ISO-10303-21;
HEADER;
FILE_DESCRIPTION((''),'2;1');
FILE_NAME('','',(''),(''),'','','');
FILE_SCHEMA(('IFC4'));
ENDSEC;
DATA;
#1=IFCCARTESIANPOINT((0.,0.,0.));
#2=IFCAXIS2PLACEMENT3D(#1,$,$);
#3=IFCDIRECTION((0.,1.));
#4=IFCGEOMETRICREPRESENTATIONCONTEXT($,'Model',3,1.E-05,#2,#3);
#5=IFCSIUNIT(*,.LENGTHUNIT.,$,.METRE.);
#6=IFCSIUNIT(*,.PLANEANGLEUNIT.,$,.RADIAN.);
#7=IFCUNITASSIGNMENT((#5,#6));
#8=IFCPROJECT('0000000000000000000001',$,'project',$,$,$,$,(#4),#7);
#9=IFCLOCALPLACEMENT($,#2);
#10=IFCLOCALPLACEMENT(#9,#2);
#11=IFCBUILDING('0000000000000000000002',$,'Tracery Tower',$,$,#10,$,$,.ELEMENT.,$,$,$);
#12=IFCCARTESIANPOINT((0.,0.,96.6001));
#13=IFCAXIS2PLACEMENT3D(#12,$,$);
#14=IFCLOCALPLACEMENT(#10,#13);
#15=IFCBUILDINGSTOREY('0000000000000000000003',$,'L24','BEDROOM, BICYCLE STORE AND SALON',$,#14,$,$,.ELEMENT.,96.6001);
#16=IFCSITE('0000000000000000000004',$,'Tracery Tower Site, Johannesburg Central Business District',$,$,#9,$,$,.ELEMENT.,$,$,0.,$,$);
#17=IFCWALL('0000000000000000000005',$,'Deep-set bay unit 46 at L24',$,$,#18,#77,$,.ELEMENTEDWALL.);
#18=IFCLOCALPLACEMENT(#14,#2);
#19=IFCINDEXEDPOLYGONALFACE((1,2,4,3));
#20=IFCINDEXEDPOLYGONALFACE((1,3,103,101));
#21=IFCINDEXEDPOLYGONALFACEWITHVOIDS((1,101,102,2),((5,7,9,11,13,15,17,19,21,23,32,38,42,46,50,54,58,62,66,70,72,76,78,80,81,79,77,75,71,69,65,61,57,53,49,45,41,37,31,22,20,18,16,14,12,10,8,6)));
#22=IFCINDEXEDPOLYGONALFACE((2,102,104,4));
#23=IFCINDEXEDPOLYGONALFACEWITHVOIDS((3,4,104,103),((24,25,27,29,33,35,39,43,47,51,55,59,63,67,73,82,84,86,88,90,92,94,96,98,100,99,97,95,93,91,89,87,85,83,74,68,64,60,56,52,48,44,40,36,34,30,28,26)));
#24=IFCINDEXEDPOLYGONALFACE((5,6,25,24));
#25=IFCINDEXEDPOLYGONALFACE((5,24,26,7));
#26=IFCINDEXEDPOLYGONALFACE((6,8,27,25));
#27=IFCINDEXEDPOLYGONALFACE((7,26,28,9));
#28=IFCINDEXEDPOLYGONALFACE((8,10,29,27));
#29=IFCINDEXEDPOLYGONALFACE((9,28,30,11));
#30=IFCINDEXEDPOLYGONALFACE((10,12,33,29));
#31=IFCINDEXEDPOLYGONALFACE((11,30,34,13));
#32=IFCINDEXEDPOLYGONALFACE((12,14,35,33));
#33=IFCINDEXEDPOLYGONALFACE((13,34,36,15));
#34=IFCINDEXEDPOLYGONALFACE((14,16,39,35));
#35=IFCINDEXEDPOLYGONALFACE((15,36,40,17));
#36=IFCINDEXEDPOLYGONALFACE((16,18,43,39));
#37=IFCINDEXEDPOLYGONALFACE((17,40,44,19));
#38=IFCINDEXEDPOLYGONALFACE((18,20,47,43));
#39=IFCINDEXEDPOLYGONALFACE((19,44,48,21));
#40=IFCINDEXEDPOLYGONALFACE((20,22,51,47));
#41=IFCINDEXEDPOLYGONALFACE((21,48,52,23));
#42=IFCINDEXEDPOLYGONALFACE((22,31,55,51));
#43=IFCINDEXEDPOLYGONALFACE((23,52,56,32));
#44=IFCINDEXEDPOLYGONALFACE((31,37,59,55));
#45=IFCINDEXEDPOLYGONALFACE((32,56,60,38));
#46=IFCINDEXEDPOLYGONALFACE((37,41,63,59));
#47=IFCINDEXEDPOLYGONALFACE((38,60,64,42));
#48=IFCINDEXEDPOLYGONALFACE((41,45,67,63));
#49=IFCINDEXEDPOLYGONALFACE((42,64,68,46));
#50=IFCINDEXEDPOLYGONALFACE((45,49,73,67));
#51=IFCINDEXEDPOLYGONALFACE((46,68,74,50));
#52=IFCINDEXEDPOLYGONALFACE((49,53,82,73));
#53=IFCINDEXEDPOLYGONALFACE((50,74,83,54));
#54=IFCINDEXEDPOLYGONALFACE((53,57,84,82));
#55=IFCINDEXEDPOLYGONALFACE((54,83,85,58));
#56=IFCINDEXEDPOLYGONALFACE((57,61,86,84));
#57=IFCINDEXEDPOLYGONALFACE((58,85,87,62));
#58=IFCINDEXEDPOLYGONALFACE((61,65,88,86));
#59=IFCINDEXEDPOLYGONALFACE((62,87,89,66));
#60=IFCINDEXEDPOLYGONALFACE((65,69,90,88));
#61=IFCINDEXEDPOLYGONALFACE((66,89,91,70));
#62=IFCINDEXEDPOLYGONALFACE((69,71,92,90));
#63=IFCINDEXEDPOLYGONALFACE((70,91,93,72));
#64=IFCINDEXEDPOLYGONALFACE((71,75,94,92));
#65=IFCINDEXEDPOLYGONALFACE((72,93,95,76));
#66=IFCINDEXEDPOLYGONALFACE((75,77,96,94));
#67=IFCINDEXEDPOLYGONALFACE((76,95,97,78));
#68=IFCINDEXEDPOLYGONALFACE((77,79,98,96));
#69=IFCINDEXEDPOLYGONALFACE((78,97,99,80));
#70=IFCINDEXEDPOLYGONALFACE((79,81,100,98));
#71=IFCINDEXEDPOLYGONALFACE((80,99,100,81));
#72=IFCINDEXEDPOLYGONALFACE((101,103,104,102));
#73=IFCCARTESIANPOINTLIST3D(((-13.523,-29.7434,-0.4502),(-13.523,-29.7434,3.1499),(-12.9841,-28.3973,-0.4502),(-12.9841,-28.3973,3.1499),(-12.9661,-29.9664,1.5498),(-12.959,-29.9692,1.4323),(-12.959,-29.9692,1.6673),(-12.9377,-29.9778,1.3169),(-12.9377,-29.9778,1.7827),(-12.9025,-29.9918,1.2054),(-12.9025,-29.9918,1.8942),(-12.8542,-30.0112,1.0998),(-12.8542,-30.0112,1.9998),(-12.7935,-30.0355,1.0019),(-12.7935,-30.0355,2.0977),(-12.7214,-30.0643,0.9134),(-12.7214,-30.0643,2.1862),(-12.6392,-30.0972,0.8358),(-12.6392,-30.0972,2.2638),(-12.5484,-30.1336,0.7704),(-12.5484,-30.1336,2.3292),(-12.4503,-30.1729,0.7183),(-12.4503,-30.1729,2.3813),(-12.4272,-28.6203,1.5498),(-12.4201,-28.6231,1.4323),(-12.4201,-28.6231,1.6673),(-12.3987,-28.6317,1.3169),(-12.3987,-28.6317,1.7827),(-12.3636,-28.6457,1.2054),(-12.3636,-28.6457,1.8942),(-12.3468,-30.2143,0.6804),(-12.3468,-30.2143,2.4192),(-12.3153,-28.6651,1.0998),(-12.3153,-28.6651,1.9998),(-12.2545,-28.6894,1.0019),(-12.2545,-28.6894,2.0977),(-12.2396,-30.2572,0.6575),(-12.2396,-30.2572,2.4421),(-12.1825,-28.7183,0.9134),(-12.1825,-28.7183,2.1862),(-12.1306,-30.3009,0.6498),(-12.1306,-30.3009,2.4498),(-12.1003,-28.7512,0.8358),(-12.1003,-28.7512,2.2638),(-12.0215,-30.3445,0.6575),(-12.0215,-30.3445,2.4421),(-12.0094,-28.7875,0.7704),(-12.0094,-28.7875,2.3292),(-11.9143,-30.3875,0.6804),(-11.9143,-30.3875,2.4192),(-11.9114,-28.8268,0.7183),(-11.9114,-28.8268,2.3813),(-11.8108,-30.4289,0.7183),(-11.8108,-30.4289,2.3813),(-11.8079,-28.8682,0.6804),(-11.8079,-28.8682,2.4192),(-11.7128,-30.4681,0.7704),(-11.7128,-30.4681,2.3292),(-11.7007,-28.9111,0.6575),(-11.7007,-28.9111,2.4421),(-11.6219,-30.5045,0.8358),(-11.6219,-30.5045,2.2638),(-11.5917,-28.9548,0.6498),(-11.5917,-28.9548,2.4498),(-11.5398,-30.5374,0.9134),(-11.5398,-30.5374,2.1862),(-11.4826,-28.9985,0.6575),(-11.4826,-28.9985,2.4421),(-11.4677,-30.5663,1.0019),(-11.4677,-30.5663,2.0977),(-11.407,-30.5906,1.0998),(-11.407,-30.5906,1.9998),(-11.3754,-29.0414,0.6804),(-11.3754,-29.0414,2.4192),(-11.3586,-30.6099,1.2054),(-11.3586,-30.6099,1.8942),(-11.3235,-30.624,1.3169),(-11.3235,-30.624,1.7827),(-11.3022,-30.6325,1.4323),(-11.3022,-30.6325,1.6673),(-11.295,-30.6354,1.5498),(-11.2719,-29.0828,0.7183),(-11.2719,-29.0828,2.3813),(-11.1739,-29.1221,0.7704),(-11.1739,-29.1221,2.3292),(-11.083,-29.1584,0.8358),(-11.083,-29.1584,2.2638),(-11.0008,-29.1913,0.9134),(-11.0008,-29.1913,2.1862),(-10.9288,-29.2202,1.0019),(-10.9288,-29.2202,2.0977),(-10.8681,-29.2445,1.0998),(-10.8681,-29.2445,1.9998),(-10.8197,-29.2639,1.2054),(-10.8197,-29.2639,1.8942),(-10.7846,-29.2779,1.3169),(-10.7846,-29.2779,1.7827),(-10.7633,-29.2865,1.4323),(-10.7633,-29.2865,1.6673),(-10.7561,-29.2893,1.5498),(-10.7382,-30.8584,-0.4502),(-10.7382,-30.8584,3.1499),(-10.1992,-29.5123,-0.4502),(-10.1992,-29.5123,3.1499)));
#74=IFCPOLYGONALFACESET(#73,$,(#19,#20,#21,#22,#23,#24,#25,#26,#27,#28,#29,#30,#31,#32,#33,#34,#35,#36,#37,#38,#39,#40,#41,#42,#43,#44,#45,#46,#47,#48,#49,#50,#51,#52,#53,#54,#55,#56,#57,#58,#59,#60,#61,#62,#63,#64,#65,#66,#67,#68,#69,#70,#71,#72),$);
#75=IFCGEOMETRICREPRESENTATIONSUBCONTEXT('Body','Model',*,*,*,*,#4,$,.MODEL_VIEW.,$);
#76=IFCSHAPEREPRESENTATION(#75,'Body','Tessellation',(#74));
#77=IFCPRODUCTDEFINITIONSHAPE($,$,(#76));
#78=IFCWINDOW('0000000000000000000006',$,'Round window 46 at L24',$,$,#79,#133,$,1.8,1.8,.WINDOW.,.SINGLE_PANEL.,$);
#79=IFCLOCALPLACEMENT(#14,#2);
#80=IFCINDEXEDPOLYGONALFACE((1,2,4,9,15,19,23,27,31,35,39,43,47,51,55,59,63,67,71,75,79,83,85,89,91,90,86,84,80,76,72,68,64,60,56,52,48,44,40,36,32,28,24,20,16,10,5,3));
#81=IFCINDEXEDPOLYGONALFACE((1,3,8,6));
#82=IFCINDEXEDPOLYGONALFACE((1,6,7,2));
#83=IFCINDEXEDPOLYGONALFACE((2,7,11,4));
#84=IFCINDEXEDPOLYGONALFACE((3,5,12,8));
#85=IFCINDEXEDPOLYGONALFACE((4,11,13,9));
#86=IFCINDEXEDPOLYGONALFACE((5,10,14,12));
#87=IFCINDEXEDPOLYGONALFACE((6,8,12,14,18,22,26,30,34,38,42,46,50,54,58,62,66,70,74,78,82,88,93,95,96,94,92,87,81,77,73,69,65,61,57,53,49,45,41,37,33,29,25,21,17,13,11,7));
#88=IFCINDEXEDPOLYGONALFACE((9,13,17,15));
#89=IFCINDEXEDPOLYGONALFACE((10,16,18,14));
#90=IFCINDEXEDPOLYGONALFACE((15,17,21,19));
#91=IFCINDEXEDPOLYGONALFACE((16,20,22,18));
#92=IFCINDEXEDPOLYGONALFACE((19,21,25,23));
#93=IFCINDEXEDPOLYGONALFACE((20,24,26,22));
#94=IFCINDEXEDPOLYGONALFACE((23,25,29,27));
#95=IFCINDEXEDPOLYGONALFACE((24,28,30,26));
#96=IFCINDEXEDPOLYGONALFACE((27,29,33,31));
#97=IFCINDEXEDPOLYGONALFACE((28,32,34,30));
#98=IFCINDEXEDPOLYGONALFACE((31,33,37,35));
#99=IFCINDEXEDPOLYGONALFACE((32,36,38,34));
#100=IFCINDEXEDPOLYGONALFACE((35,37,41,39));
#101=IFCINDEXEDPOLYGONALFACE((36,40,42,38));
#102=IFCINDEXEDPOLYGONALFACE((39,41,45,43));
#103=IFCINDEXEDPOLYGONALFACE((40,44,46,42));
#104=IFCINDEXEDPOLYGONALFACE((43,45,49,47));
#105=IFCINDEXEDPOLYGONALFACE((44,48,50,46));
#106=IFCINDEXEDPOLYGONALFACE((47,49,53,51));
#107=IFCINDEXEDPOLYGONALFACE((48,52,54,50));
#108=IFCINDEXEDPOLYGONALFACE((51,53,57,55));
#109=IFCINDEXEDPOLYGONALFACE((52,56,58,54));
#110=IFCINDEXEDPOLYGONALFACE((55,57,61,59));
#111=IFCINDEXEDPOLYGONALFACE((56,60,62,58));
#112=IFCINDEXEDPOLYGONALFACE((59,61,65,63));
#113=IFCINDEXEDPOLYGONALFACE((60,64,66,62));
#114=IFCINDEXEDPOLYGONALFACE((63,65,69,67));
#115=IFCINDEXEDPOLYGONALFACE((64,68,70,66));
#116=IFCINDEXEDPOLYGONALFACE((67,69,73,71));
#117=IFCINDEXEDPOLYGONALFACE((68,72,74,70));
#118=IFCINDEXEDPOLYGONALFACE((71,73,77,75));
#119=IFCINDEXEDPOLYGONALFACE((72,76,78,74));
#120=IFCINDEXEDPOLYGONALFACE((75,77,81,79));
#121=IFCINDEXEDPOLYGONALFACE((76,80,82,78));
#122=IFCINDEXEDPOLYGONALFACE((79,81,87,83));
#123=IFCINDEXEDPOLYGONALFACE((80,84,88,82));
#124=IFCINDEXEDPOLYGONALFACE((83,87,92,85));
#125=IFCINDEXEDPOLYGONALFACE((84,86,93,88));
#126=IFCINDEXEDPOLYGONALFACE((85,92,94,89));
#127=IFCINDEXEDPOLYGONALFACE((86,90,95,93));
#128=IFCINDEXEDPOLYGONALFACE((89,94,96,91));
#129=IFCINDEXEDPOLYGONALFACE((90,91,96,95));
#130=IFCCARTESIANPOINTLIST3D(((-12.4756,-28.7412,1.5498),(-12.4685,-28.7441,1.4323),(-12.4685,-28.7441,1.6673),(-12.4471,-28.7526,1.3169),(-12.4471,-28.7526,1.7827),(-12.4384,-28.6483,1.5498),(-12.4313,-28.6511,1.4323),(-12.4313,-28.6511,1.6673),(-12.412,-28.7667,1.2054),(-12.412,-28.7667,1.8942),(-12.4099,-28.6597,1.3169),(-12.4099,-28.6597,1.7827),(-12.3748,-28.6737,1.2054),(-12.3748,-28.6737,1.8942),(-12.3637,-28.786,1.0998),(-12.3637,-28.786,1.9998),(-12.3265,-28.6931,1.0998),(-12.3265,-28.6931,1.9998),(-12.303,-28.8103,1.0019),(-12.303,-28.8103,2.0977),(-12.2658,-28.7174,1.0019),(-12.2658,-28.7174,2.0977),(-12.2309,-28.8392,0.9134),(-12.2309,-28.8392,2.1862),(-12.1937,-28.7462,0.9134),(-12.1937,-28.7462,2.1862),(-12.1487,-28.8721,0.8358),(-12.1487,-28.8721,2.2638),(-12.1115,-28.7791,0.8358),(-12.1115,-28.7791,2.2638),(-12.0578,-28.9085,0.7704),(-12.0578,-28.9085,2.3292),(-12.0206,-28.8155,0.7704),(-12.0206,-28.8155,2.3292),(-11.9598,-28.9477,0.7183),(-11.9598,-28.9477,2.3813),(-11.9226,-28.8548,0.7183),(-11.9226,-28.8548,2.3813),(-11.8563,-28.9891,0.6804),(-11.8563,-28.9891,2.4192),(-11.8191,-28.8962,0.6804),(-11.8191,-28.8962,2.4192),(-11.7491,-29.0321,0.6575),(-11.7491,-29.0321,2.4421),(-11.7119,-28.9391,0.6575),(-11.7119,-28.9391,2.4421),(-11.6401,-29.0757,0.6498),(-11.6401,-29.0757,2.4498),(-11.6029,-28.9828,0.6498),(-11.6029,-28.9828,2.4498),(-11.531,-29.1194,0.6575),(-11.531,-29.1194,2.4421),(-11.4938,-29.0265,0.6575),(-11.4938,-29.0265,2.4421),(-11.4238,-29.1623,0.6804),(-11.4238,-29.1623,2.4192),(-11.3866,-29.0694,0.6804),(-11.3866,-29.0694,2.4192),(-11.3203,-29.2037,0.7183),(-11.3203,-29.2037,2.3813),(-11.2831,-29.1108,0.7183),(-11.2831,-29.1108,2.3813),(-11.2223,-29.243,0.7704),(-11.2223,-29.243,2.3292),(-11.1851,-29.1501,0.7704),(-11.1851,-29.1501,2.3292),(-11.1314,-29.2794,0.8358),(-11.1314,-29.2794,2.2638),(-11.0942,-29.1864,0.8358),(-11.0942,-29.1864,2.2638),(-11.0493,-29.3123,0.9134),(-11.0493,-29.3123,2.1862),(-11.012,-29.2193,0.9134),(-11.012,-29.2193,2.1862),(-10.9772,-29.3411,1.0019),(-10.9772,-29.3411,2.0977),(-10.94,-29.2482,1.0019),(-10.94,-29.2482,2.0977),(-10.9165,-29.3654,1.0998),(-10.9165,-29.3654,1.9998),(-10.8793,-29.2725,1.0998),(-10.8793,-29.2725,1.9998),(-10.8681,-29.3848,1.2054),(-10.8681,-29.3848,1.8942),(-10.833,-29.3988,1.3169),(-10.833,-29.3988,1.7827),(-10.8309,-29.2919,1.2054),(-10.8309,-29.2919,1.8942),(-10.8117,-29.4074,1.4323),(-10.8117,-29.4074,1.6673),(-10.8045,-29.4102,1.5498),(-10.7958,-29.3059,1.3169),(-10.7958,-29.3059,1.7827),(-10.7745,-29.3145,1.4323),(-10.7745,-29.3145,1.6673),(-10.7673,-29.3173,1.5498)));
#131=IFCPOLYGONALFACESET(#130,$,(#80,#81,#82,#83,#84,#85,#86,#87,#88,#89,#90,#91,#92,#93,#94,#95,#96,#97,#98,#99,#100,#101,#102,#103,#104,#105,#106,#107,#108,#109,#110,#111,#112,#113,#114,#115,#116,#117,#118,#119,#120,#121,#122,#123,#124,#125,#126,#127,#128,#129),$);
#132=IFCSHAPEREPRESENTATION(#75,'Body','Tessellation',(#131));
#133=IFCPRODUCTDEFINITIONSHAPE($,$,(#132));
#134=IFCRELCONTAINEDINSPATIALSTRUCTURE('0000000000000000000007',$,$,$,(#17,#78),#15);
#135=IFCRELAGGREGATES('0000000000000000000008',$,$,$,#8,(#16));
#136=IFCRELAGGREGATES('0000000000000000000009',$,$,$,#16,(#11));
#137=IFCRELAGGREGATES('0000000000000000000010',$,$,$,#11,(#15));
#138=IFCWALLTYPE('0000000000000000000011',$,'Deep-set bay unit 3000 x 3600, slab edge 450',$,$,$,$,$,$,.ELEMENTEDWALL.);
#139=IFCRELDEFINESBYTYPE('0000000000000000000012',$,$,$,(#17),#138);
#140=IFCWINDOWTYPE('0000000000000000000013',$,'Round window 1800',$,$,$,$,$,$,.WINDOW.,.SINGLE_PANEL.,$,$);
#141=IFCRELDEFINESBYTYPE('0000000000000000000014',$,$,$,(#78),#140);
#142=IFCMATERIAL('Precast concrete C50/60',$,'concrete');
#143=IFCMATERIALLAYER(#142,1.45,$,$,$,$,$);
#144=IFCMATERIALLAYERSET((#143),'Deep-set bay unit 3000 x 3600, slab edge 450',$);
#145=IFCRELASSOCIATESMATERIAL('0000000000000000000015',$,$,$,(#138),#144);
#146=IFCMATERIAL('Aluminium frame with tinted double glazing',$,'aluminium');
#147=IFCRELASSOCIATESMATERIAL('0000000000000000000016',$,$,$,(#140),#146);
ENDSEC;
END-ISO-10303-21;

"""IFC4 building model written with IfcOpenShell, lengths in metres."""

from ifc_helpers import new_model, si_unit, direction, frame, frame_2d, origin, origin_2d, place, context, subcontext, project, spatial, rectangle, circle, extrude, material, layer, layer_set, type_object, element, fill, save


model = new_model("IFC4")

# Units and contexts
model_context = context("Model", 3, precision=1e-05, world=origin(), true_north=direction((0.0, 1.0)))
body_context = subcontext(model_context, "Body", "Model", "MODEL_VIEW")
ifc_project = project(units=[si_unit("LENGTHUNIT", "METRE"), si_unit("PLANEANGLEUNIT", "RADIAN")], contexts=[model_context])

# Site, building, storey
site_placement = place(None, origin())
site = spatial("IfcSite", under=ifc_project, at=site_placement, Name="Tracery Tower Site, Johannesburg Central Business District", CompositionType="ELEMENT", RefElevation=0.0)
building_placement = place(site_placement, origin())
building = spatial("IfcBuilding", under=site, at=building_placement, Name="Tracery Tower", CompositionType="ELEMENT")
storey_placement = place(building_placement, frame((0.0, 0.0, 96.6001)))
storey = spatial("IfcBuildingStorey", under=building, at=storey_placement, Name="L24", Description="BEDROOM, BICYCLE STORE AND SALON", CompositionType="ELEMENT", Elevation=96.6001)

# Wall, opening, window
ifc_material_1 = material(Name="Precast concrete C50/60", Category="concrete")
ifc_layer_1 = layer(ifc_material_1, 1.45)
ifc_layer_set_1 = layer_set([ifc_layer_1], Name="Deep-set bay unit 3000 x 3600, slab edge 450")
wall_type_1 = type_object("IfcWallType", Name="Deep-set bay unit 3000 x 3600, slab edge 450", PredefinedType="ELEMENTEDWALL", material=ifc_layer_set_1)
wall_1_placement = place(storey_placement, frame((-13.2537, -29.0703, -0.4502), z_axis=(0.0, 0.0, 1.0), x_axis=(0.928359, -0.371685, 0.0)))
wall_1 = element("IfcWall", 1, at=wall_1_placement, inside=storey, type_object=wall_type_1, Name="Deep-set bay unit 46 at L24", PredefinedType="ELEMENTEDWALL", context=body_context, shape_type="SweptSolid", body=[
    extrude(rectangle(XDim=2.9998, YDim=1.45, at=frame_2d((1.5, 0.0))), origin(), (0.0, 0.0, 1.0), 3.6001),
])
opening_1_placement = place(wall_1_placement, frame((1.5, 0.0, 2.0)))
opening_1 = element("IfcOpeningElement", 2, at=opening_1_placement, cuts=wall_1, PredefinedType="OPENING", context=body_context, shape_type="SweptSolid", body=[
    extrude(circle(Radius=0.9, at=origin_2d()), frame((0.0, 0.7349, 0.0), z_axis=(0.0, -1.0, 0.0), x_axis=(1.0, 0.0, 0.0)), (0.0, 0.0, 1.0), 1.47),
])
ifc_material_2 = material(Name="Aluminium frame with tinted double glazing", Category="aluminium")
window_type = type_object("IfcWindowType", Name="Round window 1800", PartitioningType="SINGLE_PANEL", PredefinedType="WINDOW", material=ifc_material_2)
window_1_placement = place(opening_1_placement, origin())
window_1 = element("IfcWindow", 3, at=window_1_placement, inside=storey, type_object=window_type, Name="Round window 46 at L24", OverallHeight=1.8, OverallWidth=1.8, PartitioningType="SINGLE_PANEL", PredefinedType="WINDOW", context=body_context, shape_type="SweptSolid", body=[
    extrude(circle(Radius=0.9, at=origin_2d()), frame((0.0, 0.6948, 0.0), z_axis=(0.0, -1.0, 0.0), x_axis=(1.0, 0.0, 0.0)), (0.0, 0.0, 1.0), 0.1001),
])
fill(opening_1, window_1)

save(model, "model.ifc")
